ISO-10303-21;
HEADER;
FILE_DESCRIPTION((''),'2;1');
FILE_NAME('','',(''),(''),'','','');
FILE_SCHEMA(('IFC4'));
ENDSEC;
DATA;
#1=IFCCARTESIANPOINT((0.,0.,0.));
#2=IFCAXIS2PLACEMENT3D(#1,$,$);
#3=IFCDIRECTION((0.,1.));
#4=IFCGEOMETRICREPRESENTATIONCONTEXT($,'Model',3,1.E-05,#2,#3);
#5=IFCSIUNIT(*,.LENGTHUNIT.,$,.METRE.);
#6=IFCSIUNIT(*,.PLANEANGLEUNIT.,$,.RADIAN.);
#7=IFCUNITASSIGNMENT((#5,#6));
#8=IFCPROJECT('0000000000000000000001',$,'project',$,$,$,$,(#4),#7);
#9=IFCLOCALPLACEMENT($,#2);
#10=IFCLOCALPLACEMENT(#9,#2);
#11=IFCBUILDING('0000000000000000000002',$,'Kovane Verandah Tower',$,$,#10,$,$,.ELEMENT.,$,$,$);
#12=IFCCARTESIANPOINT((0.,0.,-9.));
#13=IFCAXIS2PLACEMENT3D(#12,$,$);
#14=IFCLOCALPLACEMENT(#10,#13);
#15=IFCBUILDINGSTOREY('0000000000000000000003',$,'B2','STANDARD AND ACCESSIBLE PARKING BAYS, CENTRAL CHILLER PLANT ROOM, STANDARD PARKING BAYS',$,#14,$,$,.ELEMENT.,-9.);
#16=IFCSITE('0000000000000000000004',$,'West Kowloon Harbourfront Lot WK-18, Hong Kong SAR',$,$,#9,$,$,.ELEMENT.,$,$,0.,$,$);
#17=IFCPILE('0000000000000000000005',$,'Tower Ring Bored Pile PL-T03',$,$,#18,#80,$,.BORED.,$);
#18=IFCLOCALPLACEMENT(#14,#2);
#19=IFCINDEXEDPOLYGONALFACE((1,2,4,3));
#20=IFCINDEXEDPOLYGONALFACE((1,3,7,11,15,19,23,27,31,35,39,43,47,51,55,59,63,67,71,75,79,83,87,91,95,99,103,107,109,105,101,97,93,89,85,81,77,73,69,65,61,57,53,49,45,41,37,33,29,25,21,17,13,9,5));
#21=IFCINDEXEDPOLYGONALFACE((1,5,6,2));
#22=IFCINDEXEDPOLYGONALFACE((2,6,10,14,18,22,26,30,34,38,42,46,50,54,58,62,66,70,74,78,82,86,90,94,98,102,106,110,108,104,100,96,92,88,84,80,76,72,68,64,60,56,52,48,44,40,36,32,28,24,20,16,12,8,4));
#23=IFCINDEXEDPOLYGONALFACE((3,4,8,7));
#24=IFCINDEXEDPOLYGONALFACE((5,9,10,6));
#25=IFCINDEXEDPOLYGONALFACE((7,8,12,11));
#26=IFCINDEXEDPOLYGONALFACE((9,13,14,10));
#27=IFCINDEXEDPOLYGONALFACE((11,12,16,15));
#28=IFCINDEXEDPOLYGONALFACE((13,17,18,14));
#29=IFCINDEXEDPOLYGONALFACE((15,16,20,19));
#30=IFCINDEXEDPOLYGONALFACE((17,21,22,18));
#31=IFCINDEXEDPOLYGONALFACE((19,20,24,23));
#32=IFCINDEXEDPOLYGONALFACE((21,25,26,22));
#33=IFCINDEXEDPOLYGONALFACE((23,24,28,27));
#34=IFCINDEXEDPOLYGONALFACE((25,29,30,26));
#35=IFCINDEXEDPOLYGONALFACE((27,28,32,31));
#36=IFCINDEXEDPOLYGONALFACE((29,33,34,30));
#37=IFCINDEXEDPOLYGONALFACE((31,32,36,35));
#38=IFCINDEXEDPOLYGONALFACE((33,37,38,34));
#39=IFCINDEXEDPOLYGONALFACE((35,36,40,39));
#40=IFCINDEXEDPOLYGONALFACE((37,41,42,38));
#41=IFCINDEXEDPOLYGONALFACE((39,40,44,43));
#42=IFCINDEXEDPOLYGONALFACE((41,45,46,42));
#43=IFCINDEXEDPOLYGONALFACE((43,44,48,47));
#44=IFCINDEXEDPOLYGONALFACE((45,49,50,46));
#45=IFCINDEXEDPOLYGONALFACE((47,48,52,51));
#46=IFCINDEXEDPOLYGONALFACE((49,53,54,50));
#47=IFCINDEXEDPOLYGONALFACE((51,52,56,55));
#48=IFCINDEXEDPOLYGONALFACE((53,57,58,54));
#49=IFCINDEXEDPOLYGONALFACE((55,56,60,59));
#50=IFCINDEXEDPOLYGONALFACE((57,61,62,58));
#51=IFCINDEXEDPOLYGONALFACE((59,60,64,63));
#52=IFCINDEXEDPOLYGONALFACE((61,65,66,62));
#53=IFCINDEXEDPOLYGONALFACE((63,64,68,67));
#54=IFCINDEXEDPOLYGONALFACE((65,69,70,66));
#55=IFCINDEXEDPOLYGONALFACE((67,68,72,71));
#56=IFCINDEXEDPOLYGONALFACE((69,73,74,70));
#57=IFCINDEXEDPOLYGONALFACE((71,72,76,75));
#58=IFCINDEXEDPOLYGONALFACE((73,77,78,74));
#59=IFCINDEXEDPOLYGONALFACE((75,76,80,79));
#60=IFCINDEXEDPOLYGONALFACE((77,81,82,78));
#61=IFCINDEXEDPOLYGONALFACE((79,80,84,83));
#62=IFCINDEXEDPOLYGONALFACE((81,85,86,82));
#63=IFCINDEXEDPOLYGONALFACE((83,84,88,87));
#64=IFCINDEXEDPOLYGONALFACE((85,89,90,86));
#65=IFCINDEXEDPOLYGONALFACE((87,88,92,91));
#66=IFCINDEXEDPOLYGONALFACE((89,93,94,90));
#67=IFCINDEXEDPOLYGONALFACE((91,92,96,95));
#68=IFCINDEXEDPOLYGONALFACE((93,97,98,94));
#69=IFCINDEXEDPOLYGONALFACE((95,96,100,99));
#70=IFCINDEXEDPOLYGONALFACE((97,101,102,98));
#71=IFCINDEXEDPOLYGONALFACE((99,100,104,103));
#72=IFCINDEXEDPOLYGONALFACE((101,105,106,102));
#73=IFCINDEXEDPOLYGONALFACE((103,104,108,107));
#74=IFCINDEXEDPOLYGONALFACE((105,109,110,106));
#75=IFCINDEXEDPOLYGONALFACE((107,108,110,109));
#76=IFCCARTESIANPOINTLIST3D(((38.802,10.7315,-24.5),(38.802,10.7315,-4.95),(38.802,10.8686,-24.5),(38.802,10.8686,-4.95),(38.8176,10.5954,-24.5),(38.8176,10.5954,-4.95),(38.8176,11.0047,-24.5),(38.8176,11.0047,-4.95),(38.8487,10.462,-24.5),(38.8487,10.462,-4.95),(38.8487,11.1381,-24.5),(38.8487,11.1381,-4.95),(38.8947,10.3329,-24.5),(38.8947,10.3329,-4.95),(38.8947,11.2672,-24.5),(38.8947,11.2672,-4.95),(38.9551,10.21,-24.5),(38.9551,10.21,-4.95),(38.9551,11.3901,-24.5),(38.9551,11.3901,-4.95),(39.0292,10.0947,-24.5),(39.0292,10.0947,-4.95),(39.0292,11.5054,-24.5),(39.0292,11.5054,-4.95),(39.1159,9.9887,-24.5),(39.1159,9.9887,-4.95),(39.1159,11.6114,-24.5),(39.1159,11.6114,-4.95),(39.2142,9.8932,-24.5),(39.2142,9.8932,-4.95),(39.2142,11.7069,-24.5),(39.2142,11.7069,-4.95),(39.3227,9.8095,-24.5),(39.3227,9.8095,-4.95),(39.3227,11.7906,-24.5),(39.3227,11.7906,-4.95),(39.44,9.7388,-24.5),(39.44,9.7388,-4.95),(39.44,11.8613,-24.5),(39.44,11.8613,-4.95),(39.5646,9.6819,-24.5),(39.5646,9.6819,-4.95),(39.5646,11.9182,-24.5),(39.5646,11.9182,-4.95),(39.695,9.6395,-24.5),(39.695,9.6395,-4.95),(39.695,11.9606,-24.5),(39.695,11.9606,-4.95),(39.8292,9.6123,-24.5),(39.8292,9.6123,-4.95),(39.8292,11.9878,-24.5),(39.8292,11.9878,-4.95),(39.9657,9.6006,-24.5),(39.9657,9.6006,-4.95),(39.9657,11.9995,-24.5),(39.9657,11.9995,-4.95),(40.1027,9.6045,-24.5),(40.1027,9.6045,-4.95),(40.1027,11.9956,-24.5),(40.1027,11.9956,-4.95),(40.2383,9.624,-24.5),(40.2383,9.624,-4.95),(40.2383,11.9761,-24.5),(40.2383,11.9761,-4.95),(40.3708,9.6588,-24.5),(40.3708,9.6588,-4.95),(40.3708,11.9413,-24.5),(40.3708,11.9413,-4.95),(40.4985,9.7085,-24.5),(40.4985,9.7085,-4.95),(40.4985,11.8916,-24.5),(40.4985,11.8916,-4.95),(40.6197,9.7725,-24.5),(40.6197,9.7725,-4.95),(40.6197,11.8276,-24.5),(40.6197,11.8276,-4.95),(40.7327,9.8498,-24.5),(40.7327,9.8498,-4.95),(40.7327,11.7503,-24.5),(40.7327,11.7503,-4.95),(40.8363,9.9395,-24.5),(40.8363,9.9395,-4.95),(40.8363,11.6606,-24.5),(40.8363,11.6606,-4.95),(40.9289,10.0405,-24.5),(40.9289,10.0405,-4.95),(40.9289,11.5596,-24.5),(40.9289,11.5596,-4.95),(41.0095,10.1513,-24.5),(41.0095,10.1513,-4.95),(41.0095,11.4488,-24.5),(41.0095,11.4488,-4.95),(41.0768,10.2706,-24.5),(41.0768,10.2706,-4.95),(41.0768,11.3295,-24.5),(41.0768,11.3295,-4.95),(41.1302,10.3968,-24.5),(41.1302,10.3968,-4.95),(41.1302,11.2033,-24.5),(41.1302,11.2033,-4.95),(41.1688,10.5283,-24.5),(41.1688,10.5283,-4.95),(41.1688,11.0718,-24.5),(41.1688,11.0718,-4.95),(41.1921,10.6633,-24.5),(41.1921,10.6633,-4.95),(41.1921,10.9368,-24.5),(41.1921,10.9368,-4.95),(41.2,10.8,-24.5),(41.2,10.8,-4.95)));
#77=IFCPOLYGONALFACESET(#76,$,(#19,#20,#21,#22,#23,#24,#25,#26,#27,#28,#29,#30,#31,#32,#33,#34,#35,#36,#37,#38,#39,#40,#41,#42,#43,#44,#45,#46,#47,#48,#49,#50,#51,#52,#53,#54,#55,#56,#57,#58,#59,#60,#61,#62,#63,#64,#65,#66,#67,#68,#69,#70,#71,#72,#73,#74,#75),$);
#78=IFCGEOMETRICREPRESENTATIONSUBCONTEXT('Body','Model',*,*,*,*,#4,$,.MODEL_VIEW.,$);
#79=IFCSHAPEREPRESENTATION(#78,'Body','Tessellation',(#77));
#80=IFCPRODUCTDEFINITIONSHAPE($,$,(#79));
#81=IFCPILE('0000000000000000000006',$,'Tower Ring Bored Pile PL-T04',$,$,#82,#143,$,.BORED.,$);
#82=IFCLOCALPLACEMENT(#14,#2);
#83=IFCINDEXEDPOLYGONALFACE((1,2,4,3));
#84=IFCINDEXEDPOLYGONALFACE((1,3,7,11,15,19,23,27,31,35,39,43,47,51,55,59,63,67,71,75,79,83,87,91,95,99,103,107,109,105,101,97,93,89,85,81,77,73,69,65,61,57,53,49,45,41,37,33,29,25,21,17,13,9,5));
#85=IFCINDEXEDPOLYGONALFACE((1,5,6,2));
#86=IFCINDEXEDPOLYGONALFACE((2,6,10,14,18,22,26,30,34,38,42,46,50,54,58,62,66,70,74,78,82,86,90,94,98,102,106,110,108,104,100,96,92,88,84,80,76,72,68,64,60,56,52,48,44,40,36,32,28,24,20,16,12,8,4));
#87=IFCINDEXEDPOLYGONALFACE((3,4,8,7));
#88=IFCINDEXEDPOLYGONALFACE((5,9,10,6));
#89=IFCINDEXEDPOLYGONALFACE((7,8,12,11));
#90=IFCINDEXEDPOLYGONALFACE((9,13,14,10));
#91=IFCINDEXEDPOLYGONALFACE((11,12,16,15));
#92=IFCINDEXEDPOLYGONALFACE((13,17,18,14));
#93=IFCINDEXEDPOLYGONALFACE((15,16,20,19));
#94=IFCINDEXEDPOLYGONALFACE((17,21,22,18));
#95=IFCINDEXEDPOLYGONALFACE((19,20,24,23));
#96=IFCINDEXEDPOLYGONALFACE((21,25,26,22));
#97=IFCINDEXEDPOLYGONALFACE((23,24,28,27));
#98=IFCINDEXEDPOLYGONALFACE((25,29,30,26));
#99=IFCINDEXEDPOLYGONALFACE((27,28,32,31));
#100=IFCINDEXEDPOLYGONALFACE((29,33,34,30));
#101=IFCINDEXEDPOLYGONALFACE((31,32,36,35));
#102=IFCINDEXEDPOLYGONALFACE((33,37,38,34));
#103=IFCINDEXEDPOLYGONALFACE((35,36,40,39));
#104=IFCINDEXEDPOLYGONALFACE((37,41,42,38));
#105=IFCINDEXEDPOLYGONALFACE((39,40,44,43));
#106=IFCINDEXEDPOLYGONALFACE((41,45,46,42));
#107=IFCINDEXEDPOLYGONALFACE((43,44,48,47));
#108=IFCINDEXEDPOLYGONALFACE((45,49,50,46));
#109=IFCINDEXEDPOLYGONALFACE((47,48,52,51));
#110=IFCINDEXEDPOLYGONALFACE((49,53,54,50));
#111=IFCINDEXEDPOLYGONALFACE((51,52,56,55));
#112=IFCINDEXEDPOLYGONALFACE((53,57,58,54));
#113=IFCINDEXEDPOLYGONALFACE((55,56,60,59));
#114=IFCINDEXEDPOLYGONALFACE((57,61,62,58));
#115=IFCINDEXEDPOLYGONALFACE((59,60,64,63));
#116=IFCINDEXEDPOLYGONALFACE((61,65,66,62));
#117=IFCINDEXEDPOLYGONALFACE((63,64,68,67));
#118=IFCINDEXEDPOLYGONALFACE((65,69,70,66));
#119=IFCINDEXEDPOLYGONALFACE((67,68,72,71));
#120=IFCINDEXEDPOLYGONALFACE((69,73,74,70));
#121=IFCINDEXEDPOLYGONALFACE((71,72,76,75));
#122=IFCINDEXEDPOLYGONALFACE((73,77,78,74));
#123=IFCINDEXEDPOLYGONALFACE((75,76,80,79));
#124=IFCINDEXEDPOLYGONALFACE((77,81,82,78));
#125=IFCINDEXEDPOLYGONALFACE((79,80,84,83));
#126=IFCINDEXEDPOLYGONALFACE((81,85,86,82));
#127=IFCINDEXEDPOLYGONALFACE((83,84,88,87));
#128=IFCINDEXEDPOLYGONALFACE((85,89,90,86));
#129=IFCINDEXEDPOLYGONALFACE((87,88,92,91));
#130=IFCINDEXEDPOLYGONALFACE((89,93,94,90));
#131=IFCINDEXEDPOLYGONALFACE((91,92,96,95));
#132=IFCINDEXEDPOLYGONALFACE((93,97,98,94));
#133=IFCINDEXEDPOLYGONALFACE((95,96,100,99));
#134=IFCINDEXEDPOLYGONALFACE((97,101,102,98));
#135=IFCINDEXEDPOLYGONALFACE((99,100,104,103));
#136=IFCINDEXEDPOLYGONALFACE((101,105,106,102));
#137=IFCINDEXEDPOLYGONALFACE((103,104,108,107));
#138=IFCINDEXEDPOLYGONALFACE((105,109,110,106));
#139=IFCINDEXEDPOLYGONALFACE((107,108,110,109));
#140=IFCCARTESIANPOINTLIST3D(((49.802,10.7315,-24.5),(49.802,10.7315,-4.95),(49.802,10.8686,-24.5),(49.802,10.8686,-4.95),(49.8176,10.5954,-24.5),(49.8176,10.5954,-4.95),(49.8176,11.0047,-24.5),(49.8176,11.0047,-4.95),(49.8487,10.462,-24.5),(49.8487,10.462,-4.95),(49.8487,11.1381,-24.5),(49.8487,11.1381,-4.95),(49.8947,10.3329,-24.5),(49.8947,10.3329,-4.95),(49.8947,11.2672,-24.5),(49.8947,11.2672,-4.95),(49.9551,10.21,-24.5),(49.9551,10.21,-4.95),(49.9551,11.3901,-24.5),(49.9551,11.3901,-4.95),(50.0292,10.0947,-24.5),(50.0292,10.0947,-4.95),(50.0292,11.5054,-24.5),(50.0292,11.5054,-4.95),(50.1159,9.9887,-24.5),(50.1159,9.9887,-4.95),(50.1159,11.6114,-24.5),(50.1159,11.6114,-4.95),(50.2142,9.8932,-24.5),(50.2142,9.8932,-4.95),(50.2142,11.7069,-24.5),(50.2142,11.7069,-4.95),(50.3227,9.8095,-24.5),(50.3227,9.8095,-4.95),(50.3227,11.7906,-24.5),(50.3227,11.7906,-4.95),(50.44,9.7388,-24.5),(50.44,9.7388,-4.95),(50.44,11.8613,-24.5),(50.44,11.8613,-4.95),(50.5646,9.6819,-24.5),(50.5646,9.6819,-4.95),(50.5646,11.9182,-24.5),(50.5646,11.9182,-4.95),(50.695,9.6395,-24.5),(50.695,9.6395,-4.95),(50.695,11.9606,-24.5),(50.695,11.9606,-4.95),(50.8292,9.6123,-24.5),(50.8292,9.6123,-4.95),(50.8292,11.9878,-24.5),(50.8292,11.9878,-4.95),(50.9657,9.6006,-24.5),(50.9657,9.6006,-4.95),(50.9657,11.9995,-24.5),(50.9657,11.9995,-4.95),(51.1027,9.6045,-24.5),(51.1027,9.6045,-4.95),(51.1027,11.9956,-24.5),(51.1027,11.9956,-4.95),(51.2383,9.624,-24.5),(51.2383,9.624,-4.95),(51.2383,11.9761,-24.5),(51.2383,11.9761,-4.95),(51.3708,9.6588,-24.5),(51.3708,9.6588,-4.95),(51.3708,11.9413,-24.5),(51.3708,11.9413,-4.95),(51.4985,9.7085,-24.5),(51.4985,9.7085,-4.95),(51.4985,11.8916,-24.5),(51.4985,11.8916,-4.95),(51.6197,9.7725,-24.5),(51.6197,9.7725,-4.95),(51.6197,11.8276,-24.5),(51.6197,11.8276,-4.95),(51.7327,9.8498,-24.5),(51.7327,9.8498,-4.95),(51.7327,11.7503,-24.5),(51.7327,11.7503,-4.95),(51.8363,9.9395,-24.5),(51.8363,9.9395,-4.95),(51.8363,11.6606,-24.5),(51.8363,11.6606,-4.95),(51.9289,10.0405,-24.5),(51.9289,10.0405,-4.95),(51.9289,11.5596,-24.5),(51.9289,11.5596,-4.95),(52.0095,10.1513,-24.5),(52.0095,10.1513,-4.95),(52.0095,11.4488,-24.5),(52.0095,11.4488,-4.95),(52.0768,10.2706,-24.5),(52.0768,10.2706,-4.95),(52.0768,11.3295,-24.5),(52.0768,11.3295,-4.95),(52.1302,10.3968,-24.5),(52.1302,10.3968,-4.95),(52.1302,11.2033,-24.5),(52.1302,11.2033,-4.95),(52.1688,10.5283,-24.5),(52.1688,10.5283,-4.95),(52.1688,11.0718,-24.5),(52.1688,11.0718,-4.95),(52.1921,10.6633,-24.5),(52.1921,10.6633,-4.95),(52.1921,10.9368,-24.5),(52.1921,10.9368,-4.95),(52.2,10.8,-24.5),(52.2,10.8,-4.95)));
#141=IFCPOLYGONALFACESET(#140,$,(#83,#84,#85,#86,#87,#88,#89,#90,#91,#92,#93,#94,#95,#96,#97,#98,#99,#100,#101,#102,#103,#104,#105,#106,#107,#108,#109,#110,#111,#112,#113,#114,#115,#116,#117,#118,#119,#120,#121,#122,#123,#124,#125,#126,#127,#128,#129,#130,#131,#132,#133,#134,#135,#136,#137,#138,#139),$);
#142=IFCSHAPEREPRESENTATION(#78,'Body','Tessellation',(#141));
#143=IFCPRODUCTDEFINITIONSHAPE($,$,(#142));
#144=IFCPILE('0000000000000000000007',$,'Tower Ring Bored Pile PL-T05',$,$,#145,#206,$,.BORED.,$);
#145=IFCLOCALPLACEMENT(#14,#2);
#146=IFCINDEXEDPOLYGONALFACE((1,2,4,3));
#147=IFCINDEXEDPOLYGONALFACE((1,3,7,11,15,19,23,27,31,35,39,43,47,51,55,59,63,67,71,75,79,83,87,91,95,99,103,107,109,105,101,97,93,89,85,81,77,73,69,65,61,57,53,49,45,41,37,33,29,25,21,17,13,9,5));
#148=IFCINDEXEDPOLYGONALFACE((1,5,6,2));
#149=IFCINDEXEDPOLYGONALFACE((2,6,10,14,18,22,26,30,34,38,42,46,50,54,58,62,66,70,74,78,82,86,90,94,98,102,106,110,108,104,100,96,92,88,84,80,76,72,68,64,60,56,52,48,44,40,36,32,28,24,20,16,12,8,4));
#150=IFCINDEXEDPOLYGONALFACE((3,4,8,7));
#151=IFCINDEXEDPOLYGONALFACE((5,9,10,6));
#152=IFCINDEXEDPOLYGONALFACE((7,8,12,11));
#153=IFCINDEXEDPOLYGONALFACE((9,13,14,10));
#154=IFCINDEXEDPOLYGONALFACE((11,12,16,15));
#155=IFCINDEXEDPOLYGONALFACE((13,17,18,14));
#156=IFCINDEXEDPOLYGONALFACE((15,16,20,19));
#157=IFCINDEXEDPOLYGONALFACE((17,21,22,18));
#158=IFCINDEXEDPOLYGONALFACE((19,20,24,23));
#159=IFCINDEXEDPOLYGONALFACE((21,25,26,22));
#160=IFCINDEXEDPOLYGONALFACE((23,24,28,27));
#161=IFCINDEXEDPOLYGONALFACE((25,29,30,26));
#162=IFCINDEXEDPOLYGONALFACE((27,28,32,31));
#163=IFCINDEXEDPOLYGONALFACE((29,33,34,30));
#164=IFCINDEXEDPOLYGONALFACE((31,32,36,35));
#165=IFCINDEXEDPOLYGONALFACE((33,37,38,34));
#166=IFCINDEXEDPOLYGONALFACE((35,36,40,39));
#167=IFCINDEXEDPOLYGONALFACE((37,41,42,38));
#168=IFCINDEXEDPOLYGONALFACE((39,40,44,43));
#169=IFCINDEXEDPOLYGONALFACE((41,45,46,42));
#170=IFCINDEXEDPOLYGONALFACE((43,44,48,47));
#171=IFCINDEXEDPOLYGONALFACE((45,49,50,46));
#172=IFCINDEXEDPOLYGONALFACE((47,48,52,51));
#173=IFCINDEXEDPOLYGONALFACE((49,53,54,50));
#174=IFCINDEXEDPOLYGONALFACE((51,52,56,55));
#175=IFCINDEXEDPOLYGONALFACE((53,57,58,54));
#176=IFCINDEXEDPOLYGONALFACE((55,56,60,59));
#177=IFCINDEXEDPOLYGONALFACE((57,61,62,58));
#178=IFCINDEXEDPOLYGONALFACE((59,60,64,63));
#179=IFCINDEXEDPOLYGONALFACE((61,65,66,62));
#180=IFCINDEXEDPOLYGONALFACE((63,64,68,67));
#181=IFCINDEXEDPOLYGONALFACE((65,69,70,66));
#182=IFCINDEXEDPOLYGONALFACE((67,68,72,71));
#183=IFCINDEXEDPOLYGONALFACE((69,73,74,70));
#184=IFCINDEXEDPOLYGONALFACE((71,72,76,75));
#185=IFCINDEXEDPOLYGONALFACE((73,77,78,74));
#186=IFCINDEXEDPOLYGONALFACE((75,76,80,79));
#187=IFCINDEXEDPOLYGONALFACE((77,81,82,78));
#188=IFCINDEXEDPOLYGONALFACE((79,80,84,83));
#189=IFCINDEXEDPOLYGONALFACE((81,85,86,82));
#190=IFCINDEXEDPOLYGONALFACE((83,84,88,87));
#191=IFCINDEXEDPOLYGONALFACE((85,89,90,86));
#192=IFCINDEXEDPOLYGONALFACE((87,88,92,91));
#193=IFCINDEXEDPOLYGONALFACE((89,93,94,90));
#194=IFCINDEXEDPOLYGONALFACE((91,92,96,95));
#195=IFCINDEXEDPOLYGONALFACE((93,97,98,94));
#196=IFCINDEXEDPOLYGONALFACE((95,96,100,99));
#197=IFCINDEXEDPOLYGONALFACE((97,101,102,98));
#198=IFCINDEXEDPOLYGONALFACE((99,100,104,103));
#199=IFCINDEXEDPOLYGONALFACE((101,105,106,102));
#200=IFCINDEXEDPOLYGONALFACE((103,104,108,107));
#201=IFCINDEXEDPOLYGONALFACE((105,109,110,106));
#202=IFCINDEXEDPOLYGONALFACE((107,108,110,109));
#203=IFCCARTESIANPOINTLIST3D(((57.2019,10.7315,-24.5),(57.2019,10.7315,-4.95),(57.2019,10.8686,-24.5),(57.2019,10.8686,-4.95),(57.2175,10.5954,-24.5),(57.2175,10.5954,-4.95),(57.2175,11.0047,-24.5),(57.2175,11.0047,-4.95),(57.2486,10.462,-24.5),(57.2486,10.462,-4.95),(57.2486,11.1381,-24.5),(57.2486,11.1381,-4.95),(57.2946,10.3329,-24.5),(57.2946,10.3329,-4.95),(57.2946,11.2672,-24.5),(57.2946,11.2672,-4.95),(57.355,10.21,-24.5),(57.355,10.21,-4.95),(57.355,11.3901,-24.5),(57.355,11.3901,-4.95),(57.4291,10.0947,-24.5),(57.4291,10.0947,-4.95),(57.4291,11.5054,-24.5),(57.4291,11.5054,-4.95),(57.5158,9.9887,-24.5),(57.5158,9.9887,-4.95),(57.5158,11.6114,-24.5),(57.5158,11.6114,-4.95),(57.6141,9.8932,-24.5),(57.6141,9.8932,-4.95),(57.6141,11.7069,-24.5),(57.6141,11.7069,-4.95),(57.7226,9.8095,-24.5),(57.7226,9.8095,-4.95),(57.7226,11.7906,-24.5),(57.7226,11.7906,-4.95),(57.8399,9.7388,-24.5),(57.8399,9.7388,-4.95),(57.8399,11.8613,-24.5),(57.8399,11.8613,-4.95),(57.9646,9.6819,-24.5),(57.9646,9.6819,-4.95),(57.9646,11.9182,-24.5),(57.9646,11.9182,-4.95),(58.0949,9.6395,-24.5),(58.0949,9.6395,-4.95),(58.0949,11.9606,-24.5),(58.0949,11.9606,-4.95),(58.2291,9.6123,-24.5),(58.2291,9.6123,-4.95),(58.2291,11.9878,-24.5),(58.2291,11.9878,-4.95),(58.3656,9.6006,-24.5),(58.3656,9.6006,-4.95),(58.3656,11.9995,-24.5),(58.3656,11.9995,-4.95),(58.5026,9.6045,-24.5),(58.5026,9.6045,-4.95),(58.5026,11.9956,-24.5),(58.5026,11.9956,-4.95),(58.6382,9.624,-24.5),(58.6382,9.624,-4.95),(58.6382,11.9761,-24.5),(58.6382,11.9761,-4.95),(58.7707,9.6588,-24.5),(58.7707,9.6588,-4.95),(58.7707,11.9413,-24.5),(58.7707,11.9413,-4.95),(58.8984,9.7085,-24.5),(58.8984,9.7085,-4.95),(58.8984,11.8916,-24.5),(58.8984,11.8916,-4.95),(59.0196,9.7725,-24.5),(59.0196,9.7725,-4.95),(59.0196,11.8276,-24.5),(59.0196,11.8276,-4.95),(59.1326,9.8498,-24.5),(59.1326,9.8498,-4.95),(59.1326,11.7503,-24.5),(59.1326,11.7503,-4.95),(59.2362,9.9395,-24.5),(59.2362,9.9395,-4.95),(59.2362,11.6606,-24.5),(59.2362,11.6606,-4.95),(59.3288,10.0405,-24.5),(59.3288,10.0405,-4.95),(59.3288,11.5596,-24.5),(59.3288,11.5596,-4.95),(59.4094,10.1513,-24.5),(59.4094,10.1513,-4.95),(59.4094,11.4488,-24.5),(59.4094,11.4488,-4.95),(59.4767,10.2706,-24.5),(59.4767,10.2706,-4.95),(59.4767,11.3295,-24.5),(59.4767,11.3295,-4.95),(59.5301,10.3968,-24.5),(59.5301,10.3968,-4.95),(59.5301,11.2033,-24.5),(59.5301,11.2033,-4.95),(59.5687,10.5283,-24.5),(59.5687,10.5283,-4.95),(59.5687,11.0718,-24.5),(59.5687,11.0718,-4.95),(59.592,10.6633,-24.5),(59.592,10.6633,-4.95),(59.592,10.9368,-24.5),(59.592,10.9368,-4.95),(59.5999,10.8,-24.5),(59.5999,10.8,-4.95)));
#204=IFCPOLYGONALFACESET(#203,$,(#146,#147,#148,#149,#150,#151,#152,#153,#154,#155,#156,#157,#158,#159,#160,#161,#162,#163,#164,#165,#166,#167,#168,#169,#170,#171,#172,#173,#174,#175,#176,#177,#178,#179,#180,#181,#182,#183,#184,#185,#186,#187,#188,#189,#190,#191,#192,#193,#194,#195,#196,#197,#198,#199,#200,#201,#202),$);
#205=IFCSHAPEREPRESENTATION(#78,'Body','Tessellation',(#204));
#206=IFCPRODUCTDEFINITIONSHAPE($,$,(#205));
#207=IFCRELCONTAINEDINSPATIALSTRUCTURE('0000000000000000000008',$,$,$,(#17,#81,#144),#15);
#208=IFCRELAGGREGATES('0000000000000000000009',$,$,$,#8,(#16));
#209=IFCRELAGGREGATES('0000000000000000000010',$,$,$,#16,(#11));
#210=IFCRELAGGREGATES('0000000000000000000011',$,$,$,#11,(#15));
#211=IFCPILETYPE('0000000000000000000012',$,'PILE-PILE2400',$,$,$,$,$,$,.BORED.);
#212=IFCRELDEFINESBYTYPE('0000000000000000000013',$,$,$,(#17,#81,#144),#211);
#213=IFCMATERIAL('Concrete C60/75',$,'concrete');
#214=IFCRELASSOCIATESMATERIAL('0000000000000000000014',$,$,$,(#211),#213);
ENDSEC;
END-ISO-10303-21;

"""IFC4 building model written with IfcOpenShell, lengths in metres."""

from ifc_helpers import new_model, si_unit, direction, frame, origin, origin_2d, place, context, subcontext, project, spatial, circle, extrude, material, material_profile, profile_set, type_object, element, save


model = new_model("IFC4")

# Units and contexts
model_context = context("Model", 3, precision=1e-05, world=origin(), true_north=direction((0.0, 1.0)))
body_context = subcontext(model_context, "Body", "Model", "MODEL_VIEW")
ifc_project = project(units=[si_unit("LENGTHUNIT", "METRE"), si_unit("PLANEANGLEUNIT", "RADIAN")], contexts=[model_context])

# Site, building, storey
site_placement = place(None, origin())
site = spatial("IfcSite", under=ifc_project, at=site_placement, Name="West Kowloon Harbourfront Lot WK-18, Hong Kong SAR", CompositionType="ELEMENT", RefElevation=0.0)
building_placement = place(site_placement, origin())
building = spatial("IfcBuilding", under=site, at=building_placement, Name="Kovane Verandah Tower", CompositionType="ELEMENT")
storey_placement = place(building_placement, frame((0.0, 0.0, -9.0)))
storey = spatial("IfcBuildingStorey", under=building, at=storey_placement, Name="B2", Description="STANDARD AND ACCESSIBLE PARKING BAYS, CENTRAL CHILLER PLANT ROOM, STANDARD PARKING BAYS", CompositionType="ELEMENT", Elevation=-9.0)

# Shared definitions
ifc_material_1 = material(Name="Concrete C60/75", Category="concrete")

# Piles
ifc_material_profile_1 = material_profile(ifc_material_1, circle(Radius=1.2, at=origin_2d()), Name="PILE2400")
ifc_profile_set_1 = profile_set([ifc_material_profile_1], Name="Concrete C60/75")
pile_type_1 = type_object("IfcPileType", Name="PILE-PILE2400", PredefinedType="BORED", material=ifc_profile_set_1)
for number, where, z_axis, x_axis, name in (
    (1, (40.0, 10.8, -4.95), (0.0, 0.0, -1.0), (1.0, 0.0, 0.0), "Tower Ring Bored Pile PL-T03"),
    (2, (51.0, 10.8, -4.95), (0.0, 0.0, -1.0), (1.0, 0.0, 0.0), "Tower Ring Bored Pile PL-T04"),
    (3, (58.3999, 10.8, -4.95), (0.0, 0.0, -1.0), (1.0, 0.0, 0.0), "Tower Ring Bored Pile PL-T05"),
):
    element("IfcPile", number, at=place(storey_placement, frame(where, z_axis=z_axis, x_axis=x_axis)), inside=storey, type_object=pile_type_1, Name=name, PredefinedType="BORED", context=body_context, shape_type="SweptSolid", body=[
        extrude(circle(Radius=1.2, at=origin_2d()), origin(), (0.0, 0.0, 1.0), 19.55),
    ])

save(model, "model.ifc")
